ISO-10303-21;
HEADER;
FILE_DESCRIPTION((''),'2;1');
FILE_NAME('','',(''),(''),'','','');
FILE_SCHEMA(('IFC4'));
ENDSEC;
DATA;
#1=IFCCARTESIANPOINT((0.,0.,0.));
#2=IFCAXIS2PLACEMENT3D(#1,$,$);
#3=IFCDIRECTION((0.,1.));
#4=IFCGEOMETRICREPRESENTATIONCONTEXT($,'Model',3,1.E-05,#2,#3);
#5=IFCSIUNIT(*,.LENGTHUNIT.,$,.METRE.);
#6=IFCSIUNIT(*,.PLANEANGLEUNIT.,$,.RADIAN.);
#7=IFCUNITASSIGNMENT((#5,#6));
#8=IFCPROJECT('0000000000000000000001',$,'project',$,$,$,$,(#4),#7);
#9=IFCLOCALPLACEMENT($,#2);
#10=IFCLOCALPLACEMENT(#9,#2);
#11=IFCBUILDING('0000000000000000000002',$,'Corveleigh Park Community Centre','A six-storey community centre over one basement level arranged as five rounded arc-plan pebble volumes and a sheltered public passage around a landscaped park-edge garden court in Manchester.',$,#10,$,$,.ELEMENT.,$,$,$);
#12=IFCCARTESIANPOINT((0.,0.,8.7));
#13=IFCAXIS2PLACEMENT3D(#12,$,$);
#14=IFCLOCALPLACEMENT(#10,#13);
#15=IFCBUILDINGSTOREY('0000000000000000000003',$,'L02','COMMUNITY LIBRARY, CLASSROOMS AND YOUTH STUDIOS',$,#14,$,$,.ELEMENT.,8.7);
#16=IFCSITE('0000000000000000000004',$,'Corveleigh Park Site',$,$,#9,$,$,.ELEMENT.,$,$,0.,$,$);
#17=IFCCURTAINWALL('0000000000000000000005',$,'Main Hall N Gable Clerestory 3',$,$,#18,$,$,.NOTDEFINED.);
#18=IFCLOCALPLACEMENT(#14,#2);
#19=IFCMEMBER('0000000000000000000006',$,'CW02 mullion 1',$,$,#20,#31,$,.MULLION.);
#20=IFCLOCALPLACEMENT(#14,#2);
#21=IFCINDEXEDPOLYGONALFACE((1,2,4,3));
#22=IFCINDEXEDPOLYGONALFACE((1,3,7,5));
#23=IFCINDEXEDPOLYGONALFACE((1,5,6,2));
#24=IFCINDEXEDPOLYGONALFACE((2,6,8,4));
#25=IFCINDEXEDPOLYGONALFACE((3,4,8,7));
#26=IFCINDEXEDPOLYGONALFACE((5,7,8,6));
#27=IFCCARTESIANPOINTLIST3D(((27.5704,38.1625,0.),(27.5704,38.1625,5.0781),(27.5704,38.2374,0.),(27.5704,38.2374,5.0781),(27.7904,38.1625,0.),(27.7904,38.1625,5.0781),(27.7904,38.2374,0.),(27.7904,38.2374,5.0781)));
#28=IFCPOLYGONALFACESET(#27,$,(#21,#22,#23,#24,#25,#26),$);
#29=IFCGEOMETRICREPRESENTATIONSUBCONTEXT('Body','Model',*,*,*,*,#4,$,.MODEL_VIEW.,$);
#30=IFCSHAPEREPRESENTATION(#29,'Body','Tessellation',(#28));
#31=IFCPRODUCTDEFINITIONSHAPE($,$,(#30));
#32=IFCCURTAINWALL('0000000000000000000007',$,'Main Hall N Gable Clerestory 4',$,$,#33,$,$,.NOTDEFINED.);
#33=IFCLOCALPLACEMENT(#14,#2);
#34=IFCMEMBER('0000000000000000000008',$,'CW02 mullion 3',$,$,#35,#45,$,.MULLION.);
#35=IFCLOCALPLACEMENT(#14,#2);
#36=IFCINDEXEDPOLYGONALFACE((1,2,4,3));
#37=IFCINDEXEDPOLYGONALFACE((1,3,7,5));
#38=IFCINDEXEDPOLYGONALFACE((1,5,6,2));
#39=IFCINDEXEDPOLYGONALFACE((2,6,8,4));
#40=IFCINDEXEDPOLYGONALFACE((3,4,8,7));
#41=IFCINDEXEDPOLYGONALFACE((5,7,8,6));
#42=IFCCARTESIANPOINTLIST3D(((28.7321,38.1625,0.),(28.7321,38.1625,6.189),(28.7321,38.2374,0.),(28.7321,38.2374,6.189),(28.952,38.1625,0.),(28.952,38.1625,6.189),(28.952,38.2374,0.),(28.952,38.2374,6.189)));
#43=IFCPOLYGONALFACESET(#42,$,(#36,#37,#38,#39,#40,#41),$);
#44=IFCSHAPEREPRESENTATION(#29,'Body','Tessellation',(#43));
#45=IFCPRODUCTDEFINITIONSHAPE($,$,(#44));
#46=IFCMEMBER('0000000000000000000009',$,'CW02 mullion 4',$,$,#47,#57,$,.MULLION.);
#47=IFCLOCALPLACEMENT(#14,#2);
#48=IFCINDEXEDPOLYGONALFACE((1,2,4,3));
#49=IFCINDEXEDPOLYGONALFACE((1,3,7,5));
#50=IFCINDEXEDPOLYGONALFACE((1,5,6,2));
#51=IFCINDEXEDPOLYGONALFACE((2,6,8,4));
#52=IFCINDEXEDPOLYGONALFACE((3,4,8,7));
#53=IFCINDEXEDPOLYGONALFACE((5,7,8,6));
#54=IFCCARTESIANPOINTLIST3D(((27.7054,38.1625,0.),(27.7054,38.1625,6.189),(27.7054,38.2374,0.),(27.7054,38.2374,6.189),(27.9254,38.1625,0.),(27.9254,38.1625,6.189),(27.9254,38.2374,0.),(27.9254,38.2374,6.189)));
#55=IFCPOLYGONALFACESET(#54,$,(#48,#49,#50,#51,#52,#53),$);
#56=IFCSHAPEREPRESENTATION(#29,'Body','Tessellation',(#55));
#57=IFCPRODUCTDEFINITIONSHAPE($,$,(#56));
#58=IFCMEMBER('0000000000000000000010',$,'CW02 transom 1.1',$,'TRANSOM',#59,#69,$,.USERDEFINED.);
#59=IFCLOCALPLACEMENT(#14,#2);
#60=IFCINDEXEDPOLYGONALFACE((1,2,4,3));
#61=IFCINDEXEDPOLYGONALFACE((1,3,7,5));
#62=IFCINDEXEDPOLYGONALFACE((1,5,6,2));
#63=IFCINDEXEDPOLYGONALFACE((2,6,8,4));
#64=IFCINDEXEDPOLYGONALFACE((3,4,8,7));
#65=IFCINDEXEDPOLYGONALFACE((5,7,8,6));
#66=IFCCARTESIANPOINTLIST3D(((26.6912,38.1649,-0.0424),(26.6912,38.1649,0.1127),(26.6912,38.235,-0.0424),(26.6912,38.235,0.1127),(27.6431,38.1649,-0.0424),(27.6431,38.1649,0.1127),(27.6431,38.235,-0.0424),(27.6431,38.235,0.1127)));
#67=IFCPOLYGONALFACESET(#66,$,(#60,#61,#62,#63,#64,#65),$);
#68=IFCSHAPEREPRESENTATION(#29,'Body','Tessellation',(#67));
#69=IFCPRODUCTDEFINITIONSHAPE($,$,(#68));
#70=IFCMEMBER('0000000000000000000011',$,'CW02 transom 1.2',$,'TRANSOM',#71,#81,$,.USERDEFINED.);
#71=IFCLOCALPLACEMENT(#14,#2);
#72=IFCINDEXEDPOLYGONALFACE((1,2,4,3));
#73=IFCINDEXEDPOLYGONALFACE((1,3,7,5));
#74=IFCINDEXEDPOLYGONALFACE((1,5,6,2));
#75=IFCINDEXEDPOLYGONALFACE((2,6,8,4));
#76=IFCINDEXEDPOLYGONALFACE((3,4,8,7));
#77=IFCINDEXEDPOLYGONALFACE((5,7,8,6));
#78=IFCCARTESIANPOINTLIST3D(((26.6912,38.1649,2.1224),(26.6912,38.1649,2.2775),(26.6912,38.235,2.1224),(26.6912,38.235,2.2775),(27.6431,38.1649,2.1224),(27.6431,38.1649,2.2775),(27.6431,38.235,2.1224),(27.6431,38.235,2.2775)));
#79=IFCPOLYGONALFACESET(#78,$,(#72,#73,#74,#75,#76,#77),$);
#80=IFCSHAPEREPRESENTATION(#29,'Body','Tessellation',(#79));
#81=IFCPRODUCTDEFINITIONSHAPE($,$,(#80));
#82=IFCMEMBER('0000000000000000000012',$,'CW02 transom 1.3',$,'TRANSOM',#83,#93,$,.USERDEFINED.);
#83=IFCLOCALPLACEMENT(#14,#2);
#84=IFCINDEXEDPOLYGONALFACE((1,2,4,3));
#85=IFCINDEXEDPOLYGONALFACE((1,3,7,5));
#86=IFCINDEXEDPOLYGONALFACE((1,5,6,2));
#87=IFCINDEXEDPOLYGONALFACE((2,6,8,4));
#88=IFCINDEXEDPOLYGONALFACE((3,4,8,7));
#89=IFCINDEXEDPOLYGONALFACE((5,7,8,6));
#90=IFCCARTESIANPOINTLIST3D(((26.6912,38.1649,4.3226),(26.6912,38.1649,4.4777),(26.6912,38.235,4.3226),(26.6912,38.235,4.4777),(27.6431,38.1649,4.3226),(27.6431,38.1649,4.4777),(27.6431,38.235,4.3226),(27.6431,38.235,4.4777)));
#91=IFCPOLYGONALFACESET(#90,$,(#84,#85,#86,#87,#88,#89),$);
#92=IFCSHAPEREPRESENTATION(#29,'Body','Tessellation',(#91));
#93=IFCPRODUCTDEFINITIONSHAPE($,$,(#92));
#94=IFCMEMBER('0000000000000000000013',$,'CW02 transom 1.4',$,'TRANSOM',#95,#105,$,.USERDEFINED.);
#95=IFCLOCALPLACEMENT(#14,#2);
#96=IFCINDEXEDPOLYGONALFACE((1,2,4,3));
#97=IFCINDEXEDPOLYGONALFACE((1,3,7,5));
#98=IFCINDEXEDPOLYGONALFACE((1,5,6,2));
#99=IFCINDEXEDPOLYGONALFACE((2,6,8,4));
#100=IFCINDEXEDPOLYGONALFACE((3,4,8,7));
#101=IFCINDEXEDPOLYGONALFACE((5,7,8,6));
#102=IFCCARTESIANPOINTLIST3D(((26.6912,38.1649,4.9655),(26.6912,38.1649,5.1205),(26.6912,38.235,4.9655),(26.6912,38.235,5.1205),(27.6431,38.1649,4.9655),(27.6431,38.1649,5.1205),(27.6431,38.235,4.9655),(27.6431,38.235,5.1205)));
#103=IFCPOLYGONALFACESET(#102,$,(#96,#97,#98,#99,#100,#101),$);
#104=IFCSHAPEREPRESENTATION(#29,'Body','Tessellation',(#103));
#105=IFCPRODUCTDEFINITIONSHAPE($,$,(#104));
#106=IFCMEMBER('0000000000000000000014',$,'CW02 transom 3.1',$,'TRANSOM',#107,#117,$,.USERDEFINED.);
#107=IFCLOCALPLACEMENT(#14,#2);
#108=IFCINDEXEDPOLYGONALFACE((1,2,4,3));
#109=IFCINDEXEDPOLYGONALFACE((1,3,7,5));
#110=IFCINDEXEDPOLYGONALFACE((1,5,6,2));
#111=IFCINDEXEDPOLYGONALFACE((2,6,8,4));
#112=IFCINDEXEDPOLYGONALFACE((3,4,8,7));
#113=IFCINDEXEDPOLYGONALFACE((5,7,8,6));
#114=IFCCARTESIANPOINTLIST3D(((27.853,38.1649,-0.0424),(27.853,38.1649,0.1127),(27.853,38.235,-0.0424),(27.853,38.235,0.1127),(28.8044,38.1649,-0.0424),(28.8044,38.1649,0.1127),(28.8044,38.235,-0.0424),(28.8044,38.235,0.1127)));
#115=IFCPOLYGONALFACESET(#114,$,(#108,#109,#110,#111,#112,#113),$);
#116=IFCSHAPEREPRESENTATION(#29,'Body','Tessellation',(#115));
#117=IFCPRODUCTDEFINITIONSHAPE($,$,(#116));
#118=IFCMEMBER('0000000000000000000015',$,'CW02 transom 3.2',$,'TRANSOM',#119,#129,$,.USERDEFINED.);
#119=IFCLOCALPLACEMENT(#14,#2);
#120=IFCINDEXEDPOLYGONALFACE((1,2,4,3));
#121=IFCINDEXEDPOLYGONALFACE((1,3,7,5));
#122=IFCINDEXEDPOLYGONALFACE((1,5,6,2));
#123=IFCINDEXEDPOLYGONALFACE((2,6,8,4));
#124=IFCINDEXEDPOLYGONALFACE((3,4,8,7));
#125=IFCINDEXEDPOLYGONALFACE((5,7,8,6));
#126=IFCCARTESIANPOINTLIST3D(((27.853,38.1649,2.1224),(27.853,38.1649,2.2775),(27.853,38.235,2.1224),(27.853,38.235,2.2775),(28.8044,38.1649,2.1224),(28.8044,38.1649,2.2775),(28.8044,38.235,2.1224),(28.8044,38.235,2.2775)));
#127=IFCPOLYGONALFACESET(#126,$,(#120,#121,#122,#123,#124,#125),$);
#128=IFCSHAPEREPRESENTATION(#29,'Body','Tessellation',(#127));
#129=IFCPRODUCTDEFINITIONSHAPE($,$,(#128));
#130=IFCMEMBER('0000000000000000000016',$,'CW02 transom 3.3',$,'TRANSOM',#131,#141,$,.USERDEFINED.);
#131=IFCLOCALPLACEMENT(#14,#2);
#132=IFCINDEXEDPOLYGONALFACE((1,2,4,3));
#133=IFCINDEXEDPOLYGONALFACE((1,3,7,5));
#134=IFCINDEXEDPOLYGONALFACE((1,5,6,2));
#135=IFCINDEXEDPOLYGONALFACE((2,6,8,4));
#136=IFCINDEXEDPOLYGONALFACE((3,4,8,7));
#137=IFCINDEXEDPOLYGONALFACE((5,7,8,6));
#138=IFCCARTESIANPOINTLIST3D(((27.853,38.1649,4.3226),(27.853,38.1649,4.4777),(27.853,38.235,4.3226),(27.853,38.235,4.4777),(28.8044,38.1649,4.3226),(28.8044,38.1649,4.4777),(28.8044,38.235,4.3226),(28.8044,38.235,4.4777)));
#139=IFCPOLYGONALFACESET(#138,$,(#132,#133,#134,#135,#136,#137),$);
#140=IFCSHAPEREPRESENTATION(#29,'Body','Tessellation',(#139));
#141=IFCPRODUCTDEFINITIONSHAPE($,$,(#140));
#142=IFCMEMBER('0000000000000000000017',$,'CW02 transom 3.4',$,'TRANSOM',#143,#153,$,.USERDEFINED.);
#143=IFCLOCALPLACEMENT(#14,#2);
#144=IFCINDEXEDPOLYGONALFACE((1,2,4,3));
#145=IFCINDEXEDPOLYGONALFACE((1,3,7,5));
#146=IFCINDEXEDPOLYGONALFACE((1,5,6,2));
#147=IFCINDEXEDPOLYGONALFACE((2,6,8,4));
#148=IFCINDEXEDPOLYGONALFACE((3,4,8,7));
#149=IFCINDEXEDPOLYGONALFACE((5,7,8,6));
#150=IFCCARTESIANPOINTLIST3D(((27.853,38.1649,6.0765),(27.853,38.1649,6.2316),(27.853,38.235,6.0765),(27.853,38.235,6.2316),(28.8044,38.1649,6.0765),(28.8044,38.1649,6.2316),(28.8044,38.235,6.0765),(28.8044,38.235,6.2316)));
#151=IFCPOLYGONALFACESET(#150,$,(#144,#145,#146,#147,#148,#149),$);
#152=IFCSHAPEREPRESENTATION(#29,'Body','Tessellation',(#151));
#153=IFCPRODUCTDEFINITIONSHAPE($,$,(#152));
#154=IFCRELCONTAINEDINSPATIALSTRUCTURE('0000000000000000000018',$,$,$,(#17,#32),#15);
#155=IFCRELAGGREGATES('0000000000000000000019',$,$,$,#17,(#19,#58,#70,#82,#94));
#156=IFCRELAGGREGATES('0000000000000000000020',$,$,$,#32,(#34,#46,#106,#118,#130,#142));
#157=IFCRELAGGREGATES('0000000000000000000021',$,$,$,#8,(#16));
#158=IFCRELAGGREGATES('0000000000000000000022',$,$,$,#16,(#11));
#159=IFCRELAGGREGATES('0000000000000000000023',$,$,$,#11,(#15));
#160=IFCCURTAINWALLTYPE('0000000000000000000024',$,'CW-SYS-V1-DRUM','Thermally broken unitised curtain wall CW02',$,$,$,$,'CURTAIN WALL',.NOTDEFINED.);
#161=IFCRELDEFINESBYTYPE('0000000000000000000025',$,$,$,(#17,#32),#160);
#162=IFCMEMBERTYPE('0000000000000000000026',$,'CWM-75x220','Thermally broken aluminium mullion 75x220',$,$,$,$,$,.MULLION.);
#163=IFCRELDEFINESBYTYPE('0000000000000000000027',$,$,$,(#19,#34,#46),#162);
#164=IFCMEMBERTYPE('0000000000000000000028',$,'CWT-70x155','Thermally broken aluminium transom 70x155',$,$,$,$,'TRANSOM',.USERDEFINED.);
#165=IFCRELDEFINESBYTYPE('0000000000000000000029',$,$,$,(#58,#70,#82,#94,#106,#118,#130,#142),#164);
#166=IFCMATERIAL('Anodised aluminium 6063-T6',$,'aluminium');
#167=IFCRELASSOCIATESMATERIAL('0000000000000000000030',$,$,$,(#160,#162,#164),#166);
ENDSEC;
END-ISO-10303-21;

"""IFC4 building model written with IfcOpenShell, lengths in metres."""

from ifc_helpers import new_model, si_unit, direction, frame, origin, origin_2d, place, context, subcontext, project, spatial, rectangle, extrude, material, material_profile, profile_set, type_object, element, aggregate, save


model = new_model("IFC4")

# Units and contexts
model_context = context("Model", 3, precision=1e-05, world=origin(), true_north=direction((0.0, 1.0)))
body_context = subcontext(model_context, "Body", "Model", "MODEL_VIEW")
ifc_project = project(units=[si_unit("LENGTHUNIT", "METRE"), si_unit("PLANEANGLEUNIT", "RADIAN")], contexts=[model_context])

# Site, building, storey
site_placement = place(None, origin())
site = spatial("IfcSite", under=ifc_project, at=site_placement, Name="Corveleigh Park Site", CompositionType="ELEMENT", RefElevation=0.0)
building_placement = place(site_placement, origin())
building = spatial("IfcBuilding", under=site, at=building_placement, Name="Corveleigh Park Community Centre", Description="A six-storey community centre over one basement level arranged as five rounded arc-plan pebble volumes and a sheltered public passage around a landscaped park-edge garden court in Manchester.", CompositionType="ELEMENT")
storey_placement = place(building_placement, frame((0.0, 0.0, 8.7)))
storey = spatial("IfcBuildingStorey", under=building, at=storey_placement, Name="L02", Description="COMMUNITY LIBRARY, CLASSROOMS AND YOUTH STUDIOS", CompositionType="ELEMENT", Elevation=8.7)

# Curtain wall, member
ifc_material_1 = material(Name="Anodised aluminium 6063-T6", Category="aluminium")
curtain_wall_type = type_object("IfcCurtainWallType", Name="CW-SYS-V1-DRUM", Description="Thermally broken unitised curtain wall CW02", ElementType="CURTAIN WALL", PredefinedType="NOTDEFINED", material=ifc_material_1)
curtain_wall_1_placement = place(storey_placement, origin())
curtain_wall_1 = element("IfcCurtainWall", 1, at=curtain_wall_1_placement, inside=storey, type_object=curtain_wall_type, Name="Main Hall N Gable Clerestory 3", PredefinedType="NOTDEFINED")
ifc_material_profile_1 = material_profile(ifc_material_1, rectangle(XDim=0.075, YDim=0.22, at=origin_2d()), Name="ALU-M75x220", Category="aluminium")
ifc_profile_set_1 = profile_set([ifc_material_profile_1], Name="Anodised aluminium 6063-T6")
member_type_1 = type_object("IfcMemberType", Name="CWM-75x220", Description="Thermally broken aluminium mullion 75x220", PredefinedType="MULLION", material=ifc_profile_set_1)
member_1_placement = place(storey_placement, frame((27.6804, 38.2, 0.0), z_axis=(0.0, 0.0, 1.0), x_axis=(0.0, -1.0, 0.0)))
member_1 = element("IfcMember", 2, at=member_1_placement, type_object=member_type_1, Name="CW02 mullion 1", PredefinedType="MULLION", context=body_context, shape_type="SweptSolid", body=[
    extrude(rectangle(XDim=0.075, YDim=0.22, at=origin_2d()), origin(), (0.0, 0.0, 1.0), 5.0781),
])

# Curtain wall, members
curtain_wall_2_placement = place(storey_placement, origin())
curtain_wall_2 = element("IfcCurtainWall", 3, at=curtain_wall_2_placement, inside=storey, type_object=curtain_wall_type, Name="Main Hall N Gable Clerestory 4", PredefinedType="NOTDEFINED")
member_2_placement = place(storey_placement, frame((28.842, 38.2, 0.0), z_axis=(0.0, 0.0, 1.0), x_axis=(0.0, -1.0, 0.0)))
member_2 = element("IfcMember", 4, at=member_2_placement, type_object=member_type_1, Name="CW02 mullion 3", PredefinedType="MULLION", context=body_context, shape_type="SweptSolid", body=[
    extrude(rectangle(XDim=0.075, YDim=0.22, at=origin_2d()), origin(), (0.0, 0.0, 1.0), 6.189),
])
member_3_placement = place(storey_placement, frame((27.8154, 38.2, 0.0), z_axis=(0.0, 0.0, 1.0), x_axis=(0.0, -1.0, 0.0)))
member_3 = element("IfcMember", 5, at=member_3_placement, type_object=member_type_1, Name="CW02 mullion 4", PredefinedType="MULLION", context=body_context, shape_type="SweptSolid", body=[
    extrude(rectangle(XDim=0.075, YDim=0.22, at=origin_2d()), origin(), (0.0, 0.0, 1.0), 6.189),
])

# Members
ifc_material_profile_2 = material_profile(ifc_material_1, rectangle(XDim=0.0701, YDim=0.155, at=origin_2d()), Name="ALU-T70x155", Category="aluminium")
ifc_profile_set_2 = profile_set([ifc_material_profile_2], Name="Anodised aluminium 6063-T6")
member_type_2 = type_object("IfcMemberType", Name="CWT-70x155", Description="Thermally broken aluminium transom 70x155", ElementType="TRANSOM", PredefinedType="USERDEFINED", material=ifc_profile_set_2)
member_4_placement = place(storey_placement, frame((27.6431, 38.2, 0.0352), z_axis=(-1.0, 0.0, 0.0), x_axis=(0.0, -1.0, 0.0)))
member_4 = element("IfcMember", 6, at=member_4_placement, type_object=member_type_2, Name="CW02 transom 1.1", ObjectType="TRANSOM", PredefinedType="USERDEFINED", context=body_context, shape_type="SweptSolid", body=[
    extrude(rectangle(XDim=0.0701, YDim=0.155, at=origin_2d()), origin(), (0.0, 0.0, 1.0), 0.9519),
])
member_5_placement = place(storey_placement, frame((27.6431, 38.2, 2.2), z_axis=(-1.0, 0.0, 0.0), x_axis=(0.0, -1.0, 0.0)))
member_5 = element("IfcMember", 7, at=member_5_placement, type_object=member_type_2, Name="CW02 transom 1.2", ObjectType="TRANSOM", PredefinedType="USERDEFINED", context=body_context, shape_type="SweptSolid", body=[
    extrude(rectangle(XDim=0.0701, YDim=0.155, at=origin_2d()), origin(), (0.0, 0.0, 1.0), 0.9519),
])
member_6_placement = place(storey_placement, frame((27.6431, 38.2, 4.4001), z_axis=(-1.0, 0.0, 0.0), x_axis=(0.0, -1.0, 0.0)))
member_6 = element("IfcMember", 8, at=member_6_placement, type_object=member_type_2, Name="CW02 transom 1.3", ObjectType="TRANSOM", PredefinedType="USERDEFINED", context=body_context, shape_type="SweptSolid", body=[
    extrude(rectangle(XDim=0.0701, YDim=0.155, at=origin_2d()), origin(), (0.0, 0.0, 1.0), 0.9519),
])
member_7_placement = place(storey_placement, frame((27.6431, 38.2, 5.043), z_axis=(-1.0, 0.0, 0.0), x_axis=(0.0, -1.0, 0.0)))
member_7 = element("IfcMember", 9, at=member_7_placement, type_object=member_type_2, Name="CW02 transom 1.4", ObjectType="TRANSOM", PredefinedType="USERDEFINED", context=body_context, shape_type="SweptSolid", body=[
    extrude(rectangle(XDim=0.0701, YDim=0.155, at=origin_2d()), origin(), (0.0, 0.0, 1.0), 0.9519),
])
member_8_placement = place(storey_placement, frame((28.8044, 38.2, 0.0352), z_axis=(-1.0, 0.0, 0.0), x_axis=(0.0, -1.0, 0.0)))
member_8 = element("IfcMember", 10, at=member_8_placement, type_object=member_type_2, Name="CW02 transom 3.1", ObjectType="TRANSOM", PredefinedType="USERDEFINED", context=body_context, shape_type="SweptSolid", body=[
    extrude(rectangle(XDim=0.0701, YDim=0.155, at=origin_2d()), origin(), (0.0, 0.0, 1.0), 0.9514),
])
member_9_placement = place(storey_placement, frame((28.8044, 38.2, 2.2), z_axis=(-1.0, 0.0, 0.0), x_axis=(0.0, -1.0, 0.0)))
member_9 = element("IfcMember", 11, at=member_9_placement, type_object=member_type_2, Name="CW02 transom 3.2", ObjectType="TRANSOM", PredefinedType="USERDEFINED", context=body_context, shape_type="SweptSolid", body=[
    extrude(rectangle(XDim=0.0701, YDim=0.155, at=origin_2d()), origin(), (0.0, 0.0, 1.0), 0.9514),
])
member_10_placement = place(storey_placement, frame((28.8044, 38.2, 4.4001), z_axis=(-1.0, 0.0, 0.0), x_axis=(0.0, -1.0, 0.0)))
member_10 = element("IfcMember", 12, at=member_10_placement, type_object=member_type_2, Name="CW02 transom 3.3", ObjectType="TRANSOM", PredefinedType="USERDEFINED", context=body_context, shape_type="SweptSolid", body=[
    extrude(rectangle(XDim=0.0701, YDim=0.155, at=origin_2d()), origin(), (0.0, 0.0, 1.0), 0.9514),
])
member_11_placement = place(storey_placement, frame((28.8044, 38.2, 6.1541), z_axis=(-1.0, 0.0, 0.0), x_axis=(0.0, -1.0, 0.0)))
member_11 = element("IfcMember", 13, at=member_11_placement, type_object=member_type_2, Name="CW02 transom 3.4", ObjectType="TRANSOM", PredefinedType="USERDEFINED", context=body_context, shape_type="SweptSolid", body=[
    extrude(rectangle(XDim=0.0701, YDim=0.155, at=origin_2d()), origin(), (0.0, 0.0, 1.0), 0.9514),
])

aggregate(curtain_wall_1, [member_1, member_4, member_5, member_6, member_7])
aggregate(curtain_wall_2, [member_2, member_3, member_8, member_9, member_10, member_11])

save(model, "model.ifc")
